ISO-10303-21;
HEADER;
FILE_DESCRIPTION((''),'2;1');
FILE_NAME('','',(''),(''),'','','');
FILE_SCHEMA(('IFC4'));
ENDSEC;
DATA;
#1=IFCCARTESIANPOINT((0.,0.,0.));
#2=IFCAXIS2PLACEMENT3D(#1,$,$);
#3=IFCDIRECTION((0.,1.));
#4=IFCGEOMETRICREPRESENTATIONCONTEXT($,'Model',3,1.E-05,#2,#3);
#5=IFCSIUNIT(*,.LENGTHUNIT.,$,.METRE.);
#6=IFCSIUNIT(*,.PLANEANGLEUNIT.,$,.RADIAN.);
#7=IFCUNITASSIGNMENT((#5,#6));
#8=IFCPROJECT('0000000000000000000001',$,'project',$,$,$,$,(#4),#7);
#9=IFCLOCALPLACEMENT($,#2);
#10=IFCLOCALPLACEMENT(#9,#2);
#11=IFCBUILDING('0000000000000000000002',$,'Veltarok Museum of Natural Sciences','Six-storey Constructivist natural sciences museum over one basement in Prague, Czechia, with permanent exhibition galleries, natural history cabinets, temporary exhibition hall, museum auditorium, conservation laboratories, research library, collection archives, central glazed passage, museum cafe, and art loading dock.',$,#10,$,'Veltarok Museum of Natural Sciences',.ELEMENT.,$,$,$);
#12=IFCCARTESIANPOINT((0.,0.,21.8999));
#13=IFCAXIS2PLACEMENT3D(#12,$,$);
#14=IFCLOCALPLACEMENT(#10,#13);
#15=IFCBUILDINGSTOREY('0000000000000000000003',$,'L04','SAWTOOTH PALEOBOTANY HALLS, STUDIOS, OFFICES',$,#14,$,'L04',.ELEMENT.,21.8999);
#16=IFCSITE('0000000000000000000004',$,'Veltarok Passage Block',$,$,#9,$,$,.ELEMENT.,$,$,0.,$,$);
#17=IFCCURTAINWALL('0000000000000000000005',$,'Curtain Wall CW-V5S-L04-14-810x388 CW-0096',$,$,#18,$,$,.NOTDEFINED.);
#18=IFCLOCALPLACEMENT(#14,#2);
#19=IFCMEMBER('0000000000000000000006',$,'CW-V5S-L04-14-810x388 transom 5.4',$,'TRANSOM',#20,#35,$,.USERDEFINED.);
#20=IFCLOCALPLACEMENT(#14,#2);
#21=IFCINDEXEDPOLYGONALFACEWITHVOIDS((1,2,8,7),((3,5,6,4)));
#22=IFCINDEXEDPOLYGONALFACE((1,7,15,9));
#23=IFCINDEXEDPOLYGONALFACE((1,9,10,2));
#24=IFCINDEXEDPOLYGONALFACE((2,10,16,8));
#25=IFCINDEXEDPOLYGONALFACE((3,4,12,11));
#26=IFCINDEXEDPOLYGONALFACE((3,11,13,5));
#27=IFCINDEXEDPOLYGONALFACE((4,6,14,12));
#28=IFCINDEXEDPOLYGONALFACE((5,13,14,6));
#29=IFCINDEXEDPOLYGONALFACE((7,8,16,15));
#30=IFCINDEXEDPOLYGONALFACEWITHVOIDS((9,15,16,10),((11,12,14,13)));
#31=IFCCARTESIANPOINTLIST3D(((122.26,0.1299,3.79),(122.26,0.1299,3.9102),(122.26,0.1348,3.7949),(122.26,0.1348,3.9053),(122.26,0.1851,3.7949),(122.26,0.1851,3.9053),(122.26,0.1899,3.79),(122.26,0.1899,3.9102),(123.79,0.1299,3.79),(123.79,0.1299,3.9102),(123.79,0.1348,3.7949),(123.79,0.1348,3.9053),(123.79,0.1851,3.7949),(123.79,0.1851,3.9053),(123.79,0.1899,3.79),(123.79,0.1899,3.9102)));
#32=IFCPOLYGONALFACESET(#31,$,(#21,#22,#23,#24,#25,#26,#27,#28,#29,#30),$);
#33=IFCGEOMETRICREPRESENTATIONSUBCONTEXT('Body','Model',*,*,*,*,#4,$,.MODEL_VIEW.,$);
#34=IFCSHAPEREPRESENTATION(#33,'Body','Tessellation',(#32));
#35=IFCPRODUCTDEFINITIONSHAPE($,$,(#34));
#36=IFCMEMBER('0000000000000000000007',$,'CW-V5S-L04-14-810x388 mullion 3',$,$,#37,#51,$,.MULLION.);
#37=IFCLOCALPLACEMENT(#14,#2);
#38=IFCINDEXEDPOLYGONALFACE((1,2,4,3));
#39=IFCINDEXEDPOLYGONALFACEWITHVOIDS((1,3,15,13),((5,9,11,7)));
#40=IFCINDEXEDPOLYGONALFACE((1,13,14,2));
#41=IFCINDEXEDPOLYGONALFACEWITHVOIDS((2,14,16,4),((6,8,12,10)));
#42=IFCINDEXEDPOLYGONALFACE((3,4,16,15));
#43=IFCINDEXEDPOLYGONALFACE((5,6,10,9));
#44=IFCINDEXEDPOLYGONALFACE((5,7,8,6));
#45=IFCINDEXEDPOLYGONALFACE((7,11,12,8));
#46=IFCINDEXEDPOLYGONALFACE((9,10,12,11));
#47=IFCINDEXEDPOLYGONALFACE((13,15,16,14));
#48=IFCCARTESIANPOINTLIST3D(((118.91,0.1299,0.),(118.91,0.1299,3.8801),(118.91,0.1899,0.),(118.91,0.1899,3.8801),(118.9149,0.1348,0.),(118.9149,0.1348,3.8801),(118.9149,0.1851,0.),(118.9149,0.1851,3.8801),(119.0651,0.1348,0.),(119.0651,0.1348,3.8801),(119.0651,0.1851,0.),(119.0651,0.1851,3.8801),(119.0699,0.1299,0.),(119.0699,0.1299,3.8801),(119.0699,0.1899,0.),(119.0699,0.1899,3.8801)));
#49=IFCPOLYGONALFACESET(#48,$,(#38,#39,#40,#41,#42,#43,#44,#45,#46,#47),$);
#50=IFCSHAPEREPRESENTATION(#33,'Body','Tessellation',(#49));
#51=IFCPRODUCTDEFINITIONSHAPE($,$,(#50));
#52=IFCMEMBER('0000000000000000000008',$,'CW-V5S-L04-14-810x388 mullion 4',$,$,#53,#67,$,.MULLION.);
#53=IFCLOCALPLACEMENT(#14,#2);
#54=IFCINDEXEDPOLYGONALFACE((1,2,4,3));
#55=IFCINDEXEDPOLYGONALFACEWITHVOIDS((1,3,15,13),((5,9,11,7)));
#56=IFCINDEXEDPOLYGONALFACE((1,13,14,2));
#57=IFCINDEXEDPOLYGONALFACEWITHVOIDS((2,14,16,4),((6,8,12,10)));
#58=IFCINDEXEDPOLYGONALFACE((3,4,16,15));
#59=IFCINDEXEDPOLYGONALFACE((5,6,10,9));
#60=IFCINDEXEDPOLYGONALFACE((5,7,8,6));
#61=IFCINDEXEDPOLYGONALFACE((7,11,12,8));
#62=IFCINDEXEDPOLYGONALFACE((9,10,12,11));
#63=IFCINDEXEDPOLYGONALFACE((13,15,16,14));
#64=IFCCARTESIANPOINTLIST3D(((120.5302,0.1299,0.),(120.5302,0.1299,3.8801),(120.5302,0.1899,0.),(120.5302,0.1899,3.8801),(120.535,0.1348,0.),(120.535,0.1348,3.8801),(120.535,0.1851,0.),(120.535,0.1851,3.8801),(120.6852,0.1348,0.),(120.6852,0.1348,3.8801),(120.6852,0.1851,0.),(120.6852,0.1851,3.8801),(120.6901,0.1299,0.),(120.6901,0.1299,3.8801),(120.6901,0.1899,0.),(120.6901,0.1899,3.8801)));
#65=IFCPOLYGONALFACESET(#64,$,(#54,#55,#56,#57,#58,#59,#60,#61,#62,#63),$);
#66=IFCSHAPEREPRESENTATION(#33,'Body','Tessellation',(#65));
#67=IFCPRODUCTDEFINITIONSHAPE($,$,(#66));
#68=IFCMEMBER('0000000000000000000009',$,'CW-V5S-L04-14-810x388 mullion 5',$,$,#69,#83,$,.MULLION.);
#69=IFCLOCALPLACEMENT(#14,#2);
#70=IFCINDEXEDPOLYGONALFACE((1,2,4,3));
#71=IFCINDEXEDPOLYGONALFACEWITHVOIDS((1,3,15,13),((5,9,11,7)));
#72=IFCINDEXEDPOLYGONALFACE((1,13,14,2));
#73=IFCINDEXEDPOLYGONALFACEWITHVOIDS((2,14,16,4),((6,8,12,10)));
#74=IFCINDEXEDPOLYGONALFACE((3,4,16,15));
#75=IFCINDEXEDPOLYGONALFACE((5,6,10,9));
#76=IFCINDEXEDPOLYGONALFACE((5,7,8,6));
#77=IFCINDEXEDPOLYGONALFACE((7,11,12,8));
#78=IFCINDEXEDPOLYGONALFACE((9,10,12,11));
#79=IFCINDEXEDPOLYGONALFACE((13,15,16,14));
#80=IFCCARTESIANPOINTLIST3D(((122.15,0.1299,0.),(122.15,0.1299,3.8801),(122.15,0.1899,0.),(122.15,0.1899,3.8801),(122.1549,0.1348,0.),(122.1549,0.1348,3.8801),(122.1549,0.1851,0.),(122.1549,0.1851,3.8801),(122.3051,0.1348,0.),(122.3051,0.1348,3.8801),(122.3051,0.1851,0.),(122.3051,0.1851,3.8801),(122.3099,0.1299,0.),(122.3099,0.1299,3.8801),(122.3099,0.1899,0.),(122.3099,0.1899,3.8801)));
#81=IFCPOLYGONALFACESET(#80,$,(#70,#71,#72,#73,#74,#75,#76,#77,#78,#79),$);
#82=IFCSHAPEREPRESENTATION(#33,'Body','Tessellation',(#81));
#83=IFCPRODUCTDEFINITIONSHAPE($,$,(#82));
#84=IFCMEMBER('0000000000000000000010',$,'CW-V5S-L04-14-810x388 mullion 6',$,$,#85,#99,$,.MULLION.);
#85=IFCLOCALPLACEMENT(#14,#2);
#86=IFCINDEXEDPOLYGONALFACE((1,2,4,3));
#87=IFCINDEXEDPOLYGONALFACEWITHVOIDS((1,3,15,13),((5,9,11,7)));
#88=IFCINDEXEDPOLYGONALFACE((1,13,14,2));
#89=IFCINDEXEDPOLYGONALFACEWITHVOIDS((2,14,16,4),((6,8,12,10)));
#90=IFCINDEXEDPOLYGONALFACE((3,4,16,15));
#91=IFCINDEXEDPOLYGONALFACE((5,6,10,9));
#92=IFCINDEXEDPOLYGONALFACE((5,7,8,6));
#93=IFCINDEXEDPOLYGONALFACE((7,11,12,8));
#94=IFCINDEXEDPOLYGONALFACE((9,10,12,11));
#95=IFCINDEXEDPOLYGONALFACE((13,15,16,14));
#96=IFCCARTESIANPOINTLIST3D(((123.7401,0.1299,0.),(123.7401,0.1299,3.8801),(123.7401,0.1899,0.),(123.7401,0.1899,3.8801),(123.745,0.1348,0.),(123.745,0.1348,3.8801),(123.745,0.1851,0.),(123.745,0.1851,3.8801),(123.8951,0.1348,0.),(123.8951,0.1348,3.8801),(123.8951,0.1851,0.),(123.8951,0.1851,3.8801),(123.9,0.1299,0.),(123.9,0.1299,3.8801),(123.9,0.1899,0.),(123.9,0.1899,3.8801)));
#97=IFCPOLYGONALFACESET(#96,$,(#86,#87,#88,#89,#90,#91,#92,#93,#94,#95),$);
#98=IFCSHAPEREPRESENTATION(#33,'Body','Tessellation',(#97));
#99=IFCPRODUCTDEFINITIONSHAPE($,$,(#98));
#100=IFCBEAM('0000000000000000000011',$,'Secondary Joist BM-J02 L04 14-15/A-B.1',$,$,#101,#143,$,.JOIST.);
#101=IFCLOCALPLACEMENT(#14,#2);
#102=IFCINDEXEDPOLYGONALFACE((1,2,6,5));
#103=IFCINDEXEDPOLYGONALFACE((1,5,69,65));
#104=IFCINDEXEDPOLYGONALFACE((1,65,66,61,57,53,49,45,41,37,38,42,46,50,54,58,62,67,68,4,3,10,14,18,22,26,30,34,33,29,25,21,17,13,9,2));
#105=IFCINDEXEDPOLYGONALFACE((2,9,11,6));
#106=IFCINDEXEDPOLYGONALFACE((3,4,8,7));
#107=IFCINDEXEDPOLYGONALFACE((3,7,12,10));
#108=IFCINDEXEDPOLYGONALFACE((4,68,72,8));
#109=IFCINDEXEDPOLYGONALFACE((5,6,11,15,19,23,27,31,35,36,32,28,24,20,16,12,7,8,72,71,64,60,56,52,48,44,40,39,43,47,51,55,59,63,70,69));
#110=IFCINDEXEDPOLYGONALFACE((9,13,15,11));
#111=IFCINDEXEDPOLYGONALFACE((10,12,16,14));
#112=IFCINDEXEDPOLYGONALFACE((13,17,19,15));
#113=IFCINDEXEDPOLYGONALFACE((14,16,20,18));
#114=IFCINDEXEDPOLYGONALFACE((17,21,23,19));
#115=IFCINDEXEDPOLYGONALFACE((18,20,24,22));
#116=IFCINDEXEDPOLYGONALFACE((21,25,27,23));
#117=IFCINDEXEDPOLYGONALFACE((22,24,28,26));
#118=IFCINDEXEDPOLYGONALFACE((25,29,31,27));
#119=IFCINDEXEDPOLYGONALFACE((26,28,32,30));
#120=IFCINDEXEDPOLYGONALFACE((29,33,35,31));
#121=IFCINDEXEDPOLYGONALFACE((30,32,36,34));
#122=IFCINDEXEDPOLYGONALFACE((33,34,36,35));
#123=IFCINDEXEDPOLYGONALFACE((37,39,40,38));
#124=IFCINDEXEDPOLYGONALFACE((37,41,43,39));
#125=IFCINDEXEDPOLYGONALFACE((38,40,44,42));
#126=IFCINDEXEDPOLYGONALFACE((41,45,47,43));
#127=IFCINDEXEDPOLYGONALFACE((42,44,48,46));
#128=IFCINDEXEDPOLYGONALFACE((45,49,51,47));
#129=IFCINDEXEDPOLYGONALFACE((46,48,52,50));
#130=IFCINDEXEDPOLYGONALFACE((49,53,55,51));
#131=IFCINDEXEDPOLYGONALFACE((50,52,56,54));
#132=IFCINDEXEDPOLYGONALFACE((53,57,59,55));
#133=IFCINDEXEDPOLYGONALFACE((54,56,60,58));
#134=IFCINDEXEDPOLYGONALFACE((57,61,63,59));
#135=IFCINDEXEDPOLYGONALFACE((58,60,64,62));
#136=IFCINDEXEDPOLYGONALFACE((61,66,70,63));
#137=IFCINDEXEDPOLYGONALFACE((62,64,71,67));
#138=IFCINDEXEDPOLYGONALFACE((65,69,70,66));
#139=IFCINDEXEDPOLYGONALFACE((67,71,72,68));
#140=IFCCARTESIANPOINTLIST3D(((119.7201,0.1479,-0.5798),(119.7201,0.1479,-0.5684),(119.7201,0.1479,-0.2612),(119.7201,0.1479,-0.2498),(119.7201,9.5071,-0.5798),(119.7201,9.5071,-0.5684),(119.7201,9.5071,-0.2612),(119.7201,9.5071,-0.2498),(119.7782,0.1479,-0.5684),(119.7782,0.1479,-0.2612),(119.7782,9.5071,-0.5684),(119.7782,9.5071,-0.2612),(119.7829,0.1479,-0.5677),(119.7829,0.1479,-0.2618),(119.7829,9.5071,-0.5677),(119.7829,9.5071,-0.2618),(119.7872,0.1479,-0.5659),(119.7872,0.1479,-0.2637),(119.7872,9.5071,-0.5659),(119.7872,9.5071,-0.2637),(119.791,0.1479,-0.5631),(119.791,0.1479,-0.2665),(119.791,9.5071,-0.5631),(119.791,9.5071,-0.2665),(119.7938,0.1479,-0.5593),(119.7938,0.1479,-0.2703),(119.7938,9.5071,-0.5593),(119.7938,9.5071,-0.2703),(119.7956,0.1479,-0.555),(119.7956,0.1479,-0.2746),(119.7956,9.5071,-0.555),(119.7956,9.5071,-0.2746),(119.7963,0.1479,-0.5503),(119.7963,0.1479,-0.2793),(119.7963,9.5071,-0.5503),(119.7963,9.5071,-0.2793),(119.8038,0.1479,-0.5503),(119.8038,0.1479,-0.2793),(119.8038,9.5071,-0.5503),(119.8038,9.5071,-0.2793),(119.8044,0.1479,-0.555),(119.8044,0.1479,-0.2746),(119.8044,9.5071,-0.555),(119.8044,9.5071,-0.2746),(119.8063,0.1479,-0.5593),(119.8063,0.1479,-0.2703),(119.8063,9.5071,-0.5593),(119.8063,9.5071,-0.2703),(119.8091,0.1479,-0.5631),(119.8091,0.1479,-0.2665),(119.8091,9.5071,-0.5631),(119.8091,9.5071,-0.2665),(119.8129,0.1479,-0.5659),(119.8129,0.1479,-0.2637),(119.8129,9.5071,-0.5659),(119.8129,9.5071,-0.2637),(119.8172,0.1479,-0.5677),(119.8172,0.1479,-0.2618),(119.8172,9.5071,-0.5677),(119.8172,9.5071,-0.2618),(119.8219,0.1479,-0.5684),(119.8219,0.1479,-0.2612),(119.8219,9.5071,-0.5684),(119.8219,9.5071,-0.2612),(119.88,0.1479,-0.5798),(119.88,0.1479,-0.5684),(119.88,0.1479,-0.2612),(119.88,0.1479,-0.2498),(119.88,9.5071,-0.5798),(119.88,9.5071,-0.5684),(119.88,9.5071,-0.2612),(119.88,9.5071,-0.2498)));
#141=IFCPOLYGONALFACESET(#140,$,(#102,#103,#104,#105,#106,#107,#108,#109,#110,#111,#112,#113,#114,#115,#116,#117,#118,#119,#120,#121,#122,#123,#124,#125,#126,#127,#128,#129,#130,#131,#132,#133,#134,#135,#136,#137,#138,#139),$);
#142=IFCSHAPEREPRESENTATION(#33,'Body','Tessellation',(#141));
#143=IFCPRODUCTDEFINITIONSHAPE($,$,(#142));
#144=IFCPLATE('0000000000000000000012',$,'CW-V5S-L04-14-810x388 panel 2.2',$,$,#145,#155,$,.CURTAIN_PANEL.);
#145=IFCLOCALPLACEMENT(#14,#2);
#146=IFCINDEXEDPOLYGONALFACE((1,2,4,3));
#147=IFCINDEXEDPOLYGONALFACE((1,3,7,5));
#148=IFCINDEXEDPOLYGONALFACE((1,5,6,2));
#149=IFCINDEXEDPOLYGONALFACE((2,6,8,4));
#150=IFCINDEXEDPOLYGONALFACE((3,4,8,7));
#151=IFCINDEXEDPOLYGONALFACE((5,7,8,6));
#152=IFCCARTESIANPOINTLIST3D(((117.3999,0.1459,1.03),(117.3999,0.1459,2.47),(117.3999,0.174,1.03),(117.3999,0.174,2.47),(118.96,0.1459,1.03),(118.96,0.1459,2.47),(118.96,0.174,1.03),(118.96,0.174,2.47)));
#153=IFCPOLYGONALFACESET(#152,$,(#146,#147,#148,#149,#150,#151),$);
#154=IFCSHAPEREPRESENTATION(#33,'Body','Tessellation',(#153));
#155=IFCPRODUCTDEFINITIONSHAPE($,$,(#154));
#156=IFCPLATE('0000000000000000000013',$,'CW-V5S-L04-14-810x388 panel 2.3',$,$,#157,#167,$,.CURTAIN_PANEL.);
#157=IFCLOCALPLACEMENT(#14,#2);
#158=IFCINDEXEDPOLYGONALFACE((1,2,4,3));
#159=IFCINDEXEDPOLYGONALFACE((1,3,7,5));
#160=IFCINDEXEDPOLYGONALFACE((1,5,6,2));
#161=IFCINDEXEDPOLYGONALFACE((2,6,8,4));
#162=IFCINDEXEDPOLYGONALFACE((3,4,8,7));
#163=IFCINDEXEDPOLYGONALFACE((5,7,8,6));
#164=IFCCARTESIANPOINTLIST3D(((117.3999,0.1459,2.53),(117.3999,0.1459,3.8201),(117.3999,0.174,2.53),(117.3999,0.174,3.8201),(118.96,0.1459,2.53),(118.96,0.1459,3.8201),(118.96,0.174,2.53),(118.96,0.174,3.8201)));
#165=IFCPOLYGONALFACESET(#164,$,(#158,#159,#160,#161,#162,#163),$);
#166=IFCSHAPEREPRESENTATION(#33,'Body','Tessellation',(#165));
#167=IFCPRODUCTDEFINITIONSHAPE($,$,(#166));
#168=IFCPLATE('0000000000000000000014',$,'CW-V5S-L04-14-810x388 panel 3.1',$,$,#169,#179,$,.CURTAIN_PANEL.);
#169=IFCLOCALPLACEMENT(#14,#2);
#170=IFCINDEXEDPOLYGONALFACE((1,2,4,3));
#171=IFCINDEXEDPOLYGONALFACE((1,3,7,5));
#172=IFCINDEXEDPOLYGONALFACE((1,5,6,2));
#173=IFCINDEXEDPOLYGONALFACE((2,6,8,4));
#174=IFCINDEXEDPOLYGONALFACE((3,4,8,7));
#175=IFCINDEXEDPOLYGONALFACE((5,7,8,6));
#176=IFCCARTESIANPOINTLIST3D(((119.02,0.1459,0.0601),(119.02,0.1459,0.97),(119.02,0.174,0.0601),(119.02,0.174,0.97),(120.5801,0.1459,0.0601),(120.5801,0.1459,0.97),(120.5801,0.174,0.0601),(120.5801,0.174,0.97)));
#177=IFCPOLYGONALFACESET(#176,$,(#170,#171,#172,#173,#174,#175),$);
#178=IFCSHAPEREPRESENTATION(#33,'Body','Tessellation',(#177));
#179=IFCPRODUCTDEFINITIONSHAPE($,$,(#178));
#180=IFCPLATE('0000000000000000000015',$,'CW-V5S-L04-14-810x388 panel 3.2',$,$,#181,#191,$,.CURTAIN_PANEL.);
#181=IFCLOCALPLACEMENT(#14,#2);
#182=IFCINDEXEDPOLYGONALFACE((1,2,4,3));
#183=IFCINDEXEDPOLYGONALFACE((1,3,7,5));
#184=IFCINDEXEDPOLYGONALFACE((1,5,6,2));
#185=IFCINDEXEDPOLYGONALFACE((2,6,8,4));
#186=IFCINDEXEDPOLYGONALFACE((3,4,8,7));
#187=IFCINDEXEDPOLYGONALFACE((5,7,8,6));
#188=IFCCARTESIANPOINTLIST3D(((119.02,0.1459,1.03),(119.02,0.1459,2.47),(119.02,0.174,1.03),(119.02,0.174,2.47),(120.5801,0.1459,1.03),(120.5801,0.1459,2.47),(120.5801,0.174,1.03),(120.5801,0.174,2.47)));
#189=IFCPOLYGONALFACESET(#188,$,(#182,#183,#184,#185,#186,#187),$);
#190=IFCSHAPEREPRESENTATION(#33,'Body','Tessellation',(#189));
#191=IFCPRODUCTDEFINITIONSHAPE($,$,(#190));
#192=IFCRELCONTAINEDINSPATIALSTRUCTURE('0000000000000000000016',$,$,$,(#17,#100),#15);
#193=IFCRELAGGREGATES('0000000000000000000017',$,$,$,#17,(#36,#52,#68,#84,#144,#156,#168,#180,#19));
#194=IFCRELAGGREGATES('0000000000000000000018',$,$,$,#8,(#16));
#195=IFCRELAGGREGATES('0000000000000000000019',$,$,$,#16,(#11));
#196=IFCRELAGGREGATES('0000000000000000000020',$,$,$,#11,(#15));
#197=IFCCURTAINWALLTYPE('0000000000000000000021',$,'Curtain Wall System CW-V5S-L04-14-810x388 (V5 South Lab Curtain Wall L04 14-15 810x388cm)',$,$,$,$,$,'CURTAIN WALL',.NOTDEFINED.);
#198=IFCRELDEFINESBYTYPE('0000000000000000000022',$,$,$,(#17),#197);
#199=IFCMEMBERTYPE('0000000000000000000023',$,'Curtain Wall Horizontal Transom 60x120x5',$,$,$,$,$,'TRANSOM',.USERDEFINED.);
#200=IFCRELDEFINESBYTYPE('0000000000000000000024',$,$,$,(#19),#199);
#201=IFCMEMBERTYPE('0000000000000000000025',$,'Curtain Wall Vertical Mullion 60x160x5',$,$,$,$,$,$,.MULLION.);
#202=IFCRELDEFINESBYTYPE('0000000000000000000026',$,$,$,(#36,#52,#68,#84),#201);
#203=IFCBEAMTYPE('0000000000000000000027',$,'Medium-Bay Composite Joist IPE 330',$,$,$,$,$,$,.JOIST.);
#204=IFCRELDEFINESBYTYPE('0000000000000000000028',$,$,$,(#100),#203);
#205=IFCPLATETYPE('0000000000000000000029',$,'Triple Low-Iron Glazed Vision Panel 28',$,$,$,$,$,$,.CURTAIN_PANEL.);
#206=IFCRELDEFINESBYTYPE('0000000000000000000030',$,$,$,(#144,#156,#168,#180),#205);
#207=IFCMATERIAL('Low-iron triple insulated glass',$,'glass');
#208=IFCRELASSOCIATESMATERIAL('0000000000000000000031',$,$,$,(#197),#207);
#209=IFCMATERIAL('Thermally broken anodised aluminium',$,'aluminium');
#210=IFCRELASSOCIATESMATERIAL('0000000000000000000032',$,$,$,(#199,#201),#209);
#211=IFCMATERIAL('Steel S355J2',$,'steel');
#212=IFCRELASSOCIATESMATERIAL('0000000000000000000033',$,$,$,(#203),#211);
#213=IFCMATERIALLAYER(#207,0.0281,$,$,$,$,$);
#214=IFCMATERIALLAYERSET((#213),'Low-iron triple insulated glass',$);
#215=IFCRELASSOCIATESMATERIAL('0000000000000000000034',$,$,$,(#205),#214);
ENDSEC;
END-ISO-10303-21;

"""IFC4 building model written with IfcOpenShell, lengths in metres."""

from ifc_helpers import new_model, si_unit, direction, frame, origin, origin_2d, place, context, subcontext, project, spatial, rectangle, hollow_rectangle, i_section, extrude, material, layer, layer_set, material_profile, profile_set, type_object, element, aggregate, save


model = new_model("IFC4")

# Units and contexts
model_context = context("Model", 3, precision=1e-05, world=origin(), true_north=direction((0.0, 1.0)))
body_context = subcontext(model_context, "Body", "Model", "MODEL_VIEW")
ifc_project = project(units=[si_unit("LENGTHUNIT", "METRE"), si_unit("PLANEANGLEUNIT", "RADIAN")], contexts=[model_context])

# Site, building, storey
site_placement = place(None, origin())
site = spatial("IfcSite", under=ifc_project, at=site_placement, Name="Veltarok Passage Block", CompositionType="ELEMENT", RefElevation=0.0)
building_placement = place(site_placement, origin())
building = spatial("IfcBuilding", under=site, at=building_placement, Name="Veltarok Museum of Natural Sciences", Description="Six-storey Constructivist natural sciences museum over one basement in Prague, Czechia, with permanent exhibition galleries, natural history cabinets, temporary exhibition hall, museum auditorium, conservation laboratories, research library, collection archives, central glazed passage, museum cafe, and art loading dock.", LongName="Veltarok Museum of Natural Sciences", CompositionType="ELEMENT")
storey_placement = place(building_placement, frame((0.0, 0.0, 21.8999)))
storey = spatial("IfcBuildingStorey", under=building, at=storey_placement, Name="L04", Description="SAWTOOTH PALEOBOTANY HALLS, STUDIOS, OFFICES", LongName="L04", CompositionType="ELEMENT", Elevation=21.8999)

# Curtain wall, members
ifc_material_1 = material(Name="Low-iron triple insulated glass", Category="glass")
curtain_wall_type = type_object("IfcCurtainWallType", Name="Curtain Wall System CW-V5S-L04-14-810x388 (V5 South Lab Curtain Wall L04 14-15 810x388cm)", ElementType="CURTAIN WALL", PredefinedType="NOTDEFINED", material=ifc_material_1)
curtain_wall_placement = place(storey_placement, origin())
curtain_wall = element("IfcCurtainWall", 1, at=curtain_wall_placement, inside=storey, type_object=curtain_wall_type, Name="Curtain Wall CW-V5S-L04-14-810x388 CW-0096", PredefinedType="NOTDEFINED")
ifc_material_2 = material(Name="Thermally broken anodised aluminium", Category="aluminium")
ifc_material_profile_1 = material_profile(ifc_material_2, hollow_rectangle(XDim=0.0601, YDim=0.1201, WallThickness=0.0049, at=origin_2d()), Name="CW TRANSOM 60x120x5")
ifc_profile_set_1 = profile_set([ifc_material_profile_1], Name="Thermally broken anodised aluminium")
member_type_1 = type_object("IfcMemberType", Name="Curtain Wall Horizontal Transom 60x120x5", ElementType="TRANSOM", PredefinedType="USERDEFINED", material=ifc_profile_set_1)
member_1_placement = place(storey_placement, frame((122.26, 0.1599, 3.8501), z_axis=(1.0, 0.0, 0.0), x_axis=(0.0, 1.0, 0.0)))
member_1 = element("IfcMember", 2, at=member_1_placement, type_object=member_type_1, Name="CW-V5S-L04-14-810x388 transom 5.4", ObjectType="TRANSOM", PredefinedType="USERDEFINED", context=body_context, shape_type="SweptSolid", body=[
    extrude(hollow_rectangle(XDim=0.0601, YDim=0.1201, WallThickness=0.0049, at=origin_2d()), origin(), (0.0, 0.0, 1.0), 1.53),
])
ifc_material_profile_2 = material_profile(ifc_material_2, hollow_rectangle(XDim=0.0601, YDim=0.1599, WallThickness=0.0049, at=origin_2d()), Name="CW MULLION 60x160x5")
ifc_profile_set_2 = profile_set([ifc_material_profile_2], Name="Thermally broken anodised aluminium")
member_type_2 = type_object("IfcMemberType", Name="Curtain Wall Vertical Mullion 60x160x5", PredefinedType="MULLION", material=ifc_profile_set_2)
member_2_placement = place(storey_placement, frame((118.99, 0.1599, 0.0), z_axis=(0.0, 0.0, 1.0), x_axis=(0.0, 1.0, 0.0)))
member_2 = element("IfcMember", 3, at=member_2_placement, type_object=member_type_2, Name="CW-V5S-L04-14-810x388 mullion 3", PredefinedType="MULLION", context=body_context, shape_type="SweptSolid", body=[
    extrude(hollow_rectangle(XDim=0.0601, YDim=0.1599, WallThickness=0.0049, at=origin_2d()), origin(), (0.0, 0.0, 1.0), 3.8801),
])
member_3_placement = place(storey_placement, frame((120.6101, 0.1599, 0.0), z_axis=(0.0, 0.0, 1.0), x_axis=(0.0, 1.0, 0.0)))
member_3 = element("IfcMember", 4, at=member_3_placement, type_object=member_type_2, Name="CW-V5S-L04-14-810x388 mullion 4", PredefinedType="MULLION", context=body_context, shape_type="SweptSolid", body=[
    extrude(hollow_rectangle(XDim=0.0601, YDim=0.1599, WallThickness=0.0049, at=origin_2d()), origin(), (0.0, 0.0, 1.0), 3.8801),
])
member_4_placement = place(storey_placement, frame((122.23, 0.1599, 0.0), z_axis=(0.0, 0.0, 1.0), x_axis=(0.0, 1.0, 0.0)))
member_4 = element("IfcMember", 5, at=member_4_placement, type_object=member_type_2, Name="CW-V5S-L04-14-810x388 mullion 5", PredefinedType="MULLION", context=body_context, shape_type="SweptSolid", body=[
    extrude(hollow_rectangle(XDim=0.0601, YDim=0.1599, WallThickness=0.0049, at=origin_2d()), origin(), (0.0, 0.0, 1.0), 3.8801),
])
member_5_placement = place(storey_placement, frame((123.8201, 0.1599, 0.0), z_axis=(0.0, 0.0, 1.0), x_axis=(0.0, 1.0, 0.0)))
member_5 = element("IfcMember", 6, at=member_5_placement, type_object=member_type_2, Name="CW-V5S-L04-14-810x388 mullion 6", PredefinedType="MULLION", context=body_context, shape_type="SweptSolid", body=[
    extrude(hollow_rectangle(XDim=0.0601, YDim=0.1599, WallThickness=0.0049, at=origin_2d()), origin(), (0.0, 0.0, 1.0), 3.8801),
])

# Beam
ifc_material_3 = material(Name="Steel S355J2", Category="steel")
ifc_material_profile_3 = material_profile(ifc_material_3, i_section(OverallWidth=0.1599, OverallDepth=0.3301, WebThickness=0.0076, FlangeThickness=0.0115, FilletRadius=0.0181, at=origin_2d()), Name="IPE 330")
ifc_profile_set_3 = profile_set([ifc_material_profile_3], Name="Steel S355J2")
beam_type = type_object("IfcBeamType", Name="Medium-Bay Composite Joist IPE 330", PredefinedType="JOIST", material=ifc_profile_set_3)
beam_placement = place(storey_placement, frame((119.8, 0.1479, -0.4148), z_axis=(0.0, 1.0, 0.0), x_axis=(-1.0, 0.0, 0.0)))
element("IfcBeam", 7, at=beam_placement, inside=storey, type_object=beam_type, Name="Secondary Joist BM-J02 L04 14-15/A-B.1", PredefinedType="JOIST", context=body_context, shape_type="SweptSolid", body=[
    extrude(i_section(OverallWidth=0.1599, OverallDepth=0.3301, WebThickness=0.0076, FlangeThickness=0.0115, FilletRadius=0.0181, at=origin_2d()), origin(), (0.0, 0.0, 1.0), 9.3591),
])

# Plates
ifc_layer = layer(ifc_material_1, 0.0281)
ifc_layer_set = layer_set([ifc_layer], Name="Low-iron triple insulated glass")
plate_type = type_object("IfcPlateType", Name="Triple Low-Iron Glazed Vision Panel 28", PredefinedType="CURTAIN_PANEL", material=ifc_layer_set)
plate_1_placement = place(storey_placement, frame((118.1799, 0.1599, 1.03), z_axis=(0.0, 0.0, 1.0), x_axis=(1.0, 0.0, 0.0)))
plate_1 = element("IfcPlate", 8, at=plate_1_placement, type_object=plate_type, Name="CW-V5S-L04-14-810x388 panel 2.2", PredefinedType="CURTAIN_PANEL", context=body_context, shape_type="SweptSolid", body=[
    extrude(rectangle(XDim=1.5601, YDim=0.0281, at=origin_2d()), origin(), (0.0, 0.0, 1.0), 1.4399),
])
plate_2_placement = place(storey_placement, frame((118.1799, 0.1599, 2.53), z_axis=(0.0, 0.0, 1.0), x_axis=(1.0, 0.0, 0.0)))
plate_2 = element("IfcPlate", 9, at=plate_2_placement, type_object=plate_type, Name="CW-V5S-L04-14-810x388 panel 2.3", PredefinedType="CURTAIN_PANEL", context=body_context, shape_type="SweptSolid", body=[
    extrude(rectangle(XDim=1.5601, YDim=0.0281, at=origin_2d()), origin(), (0.0, 0.0, 1.0), 1.29),
])
plate_3_placement = place(storey_placement, frame((119.8, 0.1599, 0.0601), z_axis=(0.0, 0.0, 1.0), x_axis=(1.0, 0.0, 0.0)))
plate_3 = element("IfcPlate", 10, at=plate_3_placement, type_object=plate_type, Name="CW-V5S-L04-14-810x388 panel 3.1", PredefinedType="CURTAIN_PANEL", context=body_context, shape_type="SweptSolid", body=[
    extrude(rectangle(XDim=1.5601, YDim=0.0281, at=origin_2d()), origin(), (0.0, 0.0, 1.0), 0.9099),
])
plate_4_placement = place(storey_placement, frame((119.8, 0.1599, 1.03), z_axis=(0.0, 0.0, 1.0), x_axis=(1.0, 0.0, 0.0)))
plate_4 = element("IfcPlate", 11, at=plate_4_placement, type_object=plate_type, Name="CW-V5S-L04-14-810x388 panel 3.2", PredefinedType="CURTAIN_PANEL", context=body_context, shape_type="SweptSolid", body=[
    extrude(rectangle(XDim=1.5601, YDim=0.0281, at=origin_2d()), origin(), (0.0, 0.0, 1.0), 1.4399),
])
aggregate(curtain_wall, [member_2, member_3, member_4, member_5, plate_1, plate_2, plate_3, plate_4, member_1])

save(model, "model.ifc")
